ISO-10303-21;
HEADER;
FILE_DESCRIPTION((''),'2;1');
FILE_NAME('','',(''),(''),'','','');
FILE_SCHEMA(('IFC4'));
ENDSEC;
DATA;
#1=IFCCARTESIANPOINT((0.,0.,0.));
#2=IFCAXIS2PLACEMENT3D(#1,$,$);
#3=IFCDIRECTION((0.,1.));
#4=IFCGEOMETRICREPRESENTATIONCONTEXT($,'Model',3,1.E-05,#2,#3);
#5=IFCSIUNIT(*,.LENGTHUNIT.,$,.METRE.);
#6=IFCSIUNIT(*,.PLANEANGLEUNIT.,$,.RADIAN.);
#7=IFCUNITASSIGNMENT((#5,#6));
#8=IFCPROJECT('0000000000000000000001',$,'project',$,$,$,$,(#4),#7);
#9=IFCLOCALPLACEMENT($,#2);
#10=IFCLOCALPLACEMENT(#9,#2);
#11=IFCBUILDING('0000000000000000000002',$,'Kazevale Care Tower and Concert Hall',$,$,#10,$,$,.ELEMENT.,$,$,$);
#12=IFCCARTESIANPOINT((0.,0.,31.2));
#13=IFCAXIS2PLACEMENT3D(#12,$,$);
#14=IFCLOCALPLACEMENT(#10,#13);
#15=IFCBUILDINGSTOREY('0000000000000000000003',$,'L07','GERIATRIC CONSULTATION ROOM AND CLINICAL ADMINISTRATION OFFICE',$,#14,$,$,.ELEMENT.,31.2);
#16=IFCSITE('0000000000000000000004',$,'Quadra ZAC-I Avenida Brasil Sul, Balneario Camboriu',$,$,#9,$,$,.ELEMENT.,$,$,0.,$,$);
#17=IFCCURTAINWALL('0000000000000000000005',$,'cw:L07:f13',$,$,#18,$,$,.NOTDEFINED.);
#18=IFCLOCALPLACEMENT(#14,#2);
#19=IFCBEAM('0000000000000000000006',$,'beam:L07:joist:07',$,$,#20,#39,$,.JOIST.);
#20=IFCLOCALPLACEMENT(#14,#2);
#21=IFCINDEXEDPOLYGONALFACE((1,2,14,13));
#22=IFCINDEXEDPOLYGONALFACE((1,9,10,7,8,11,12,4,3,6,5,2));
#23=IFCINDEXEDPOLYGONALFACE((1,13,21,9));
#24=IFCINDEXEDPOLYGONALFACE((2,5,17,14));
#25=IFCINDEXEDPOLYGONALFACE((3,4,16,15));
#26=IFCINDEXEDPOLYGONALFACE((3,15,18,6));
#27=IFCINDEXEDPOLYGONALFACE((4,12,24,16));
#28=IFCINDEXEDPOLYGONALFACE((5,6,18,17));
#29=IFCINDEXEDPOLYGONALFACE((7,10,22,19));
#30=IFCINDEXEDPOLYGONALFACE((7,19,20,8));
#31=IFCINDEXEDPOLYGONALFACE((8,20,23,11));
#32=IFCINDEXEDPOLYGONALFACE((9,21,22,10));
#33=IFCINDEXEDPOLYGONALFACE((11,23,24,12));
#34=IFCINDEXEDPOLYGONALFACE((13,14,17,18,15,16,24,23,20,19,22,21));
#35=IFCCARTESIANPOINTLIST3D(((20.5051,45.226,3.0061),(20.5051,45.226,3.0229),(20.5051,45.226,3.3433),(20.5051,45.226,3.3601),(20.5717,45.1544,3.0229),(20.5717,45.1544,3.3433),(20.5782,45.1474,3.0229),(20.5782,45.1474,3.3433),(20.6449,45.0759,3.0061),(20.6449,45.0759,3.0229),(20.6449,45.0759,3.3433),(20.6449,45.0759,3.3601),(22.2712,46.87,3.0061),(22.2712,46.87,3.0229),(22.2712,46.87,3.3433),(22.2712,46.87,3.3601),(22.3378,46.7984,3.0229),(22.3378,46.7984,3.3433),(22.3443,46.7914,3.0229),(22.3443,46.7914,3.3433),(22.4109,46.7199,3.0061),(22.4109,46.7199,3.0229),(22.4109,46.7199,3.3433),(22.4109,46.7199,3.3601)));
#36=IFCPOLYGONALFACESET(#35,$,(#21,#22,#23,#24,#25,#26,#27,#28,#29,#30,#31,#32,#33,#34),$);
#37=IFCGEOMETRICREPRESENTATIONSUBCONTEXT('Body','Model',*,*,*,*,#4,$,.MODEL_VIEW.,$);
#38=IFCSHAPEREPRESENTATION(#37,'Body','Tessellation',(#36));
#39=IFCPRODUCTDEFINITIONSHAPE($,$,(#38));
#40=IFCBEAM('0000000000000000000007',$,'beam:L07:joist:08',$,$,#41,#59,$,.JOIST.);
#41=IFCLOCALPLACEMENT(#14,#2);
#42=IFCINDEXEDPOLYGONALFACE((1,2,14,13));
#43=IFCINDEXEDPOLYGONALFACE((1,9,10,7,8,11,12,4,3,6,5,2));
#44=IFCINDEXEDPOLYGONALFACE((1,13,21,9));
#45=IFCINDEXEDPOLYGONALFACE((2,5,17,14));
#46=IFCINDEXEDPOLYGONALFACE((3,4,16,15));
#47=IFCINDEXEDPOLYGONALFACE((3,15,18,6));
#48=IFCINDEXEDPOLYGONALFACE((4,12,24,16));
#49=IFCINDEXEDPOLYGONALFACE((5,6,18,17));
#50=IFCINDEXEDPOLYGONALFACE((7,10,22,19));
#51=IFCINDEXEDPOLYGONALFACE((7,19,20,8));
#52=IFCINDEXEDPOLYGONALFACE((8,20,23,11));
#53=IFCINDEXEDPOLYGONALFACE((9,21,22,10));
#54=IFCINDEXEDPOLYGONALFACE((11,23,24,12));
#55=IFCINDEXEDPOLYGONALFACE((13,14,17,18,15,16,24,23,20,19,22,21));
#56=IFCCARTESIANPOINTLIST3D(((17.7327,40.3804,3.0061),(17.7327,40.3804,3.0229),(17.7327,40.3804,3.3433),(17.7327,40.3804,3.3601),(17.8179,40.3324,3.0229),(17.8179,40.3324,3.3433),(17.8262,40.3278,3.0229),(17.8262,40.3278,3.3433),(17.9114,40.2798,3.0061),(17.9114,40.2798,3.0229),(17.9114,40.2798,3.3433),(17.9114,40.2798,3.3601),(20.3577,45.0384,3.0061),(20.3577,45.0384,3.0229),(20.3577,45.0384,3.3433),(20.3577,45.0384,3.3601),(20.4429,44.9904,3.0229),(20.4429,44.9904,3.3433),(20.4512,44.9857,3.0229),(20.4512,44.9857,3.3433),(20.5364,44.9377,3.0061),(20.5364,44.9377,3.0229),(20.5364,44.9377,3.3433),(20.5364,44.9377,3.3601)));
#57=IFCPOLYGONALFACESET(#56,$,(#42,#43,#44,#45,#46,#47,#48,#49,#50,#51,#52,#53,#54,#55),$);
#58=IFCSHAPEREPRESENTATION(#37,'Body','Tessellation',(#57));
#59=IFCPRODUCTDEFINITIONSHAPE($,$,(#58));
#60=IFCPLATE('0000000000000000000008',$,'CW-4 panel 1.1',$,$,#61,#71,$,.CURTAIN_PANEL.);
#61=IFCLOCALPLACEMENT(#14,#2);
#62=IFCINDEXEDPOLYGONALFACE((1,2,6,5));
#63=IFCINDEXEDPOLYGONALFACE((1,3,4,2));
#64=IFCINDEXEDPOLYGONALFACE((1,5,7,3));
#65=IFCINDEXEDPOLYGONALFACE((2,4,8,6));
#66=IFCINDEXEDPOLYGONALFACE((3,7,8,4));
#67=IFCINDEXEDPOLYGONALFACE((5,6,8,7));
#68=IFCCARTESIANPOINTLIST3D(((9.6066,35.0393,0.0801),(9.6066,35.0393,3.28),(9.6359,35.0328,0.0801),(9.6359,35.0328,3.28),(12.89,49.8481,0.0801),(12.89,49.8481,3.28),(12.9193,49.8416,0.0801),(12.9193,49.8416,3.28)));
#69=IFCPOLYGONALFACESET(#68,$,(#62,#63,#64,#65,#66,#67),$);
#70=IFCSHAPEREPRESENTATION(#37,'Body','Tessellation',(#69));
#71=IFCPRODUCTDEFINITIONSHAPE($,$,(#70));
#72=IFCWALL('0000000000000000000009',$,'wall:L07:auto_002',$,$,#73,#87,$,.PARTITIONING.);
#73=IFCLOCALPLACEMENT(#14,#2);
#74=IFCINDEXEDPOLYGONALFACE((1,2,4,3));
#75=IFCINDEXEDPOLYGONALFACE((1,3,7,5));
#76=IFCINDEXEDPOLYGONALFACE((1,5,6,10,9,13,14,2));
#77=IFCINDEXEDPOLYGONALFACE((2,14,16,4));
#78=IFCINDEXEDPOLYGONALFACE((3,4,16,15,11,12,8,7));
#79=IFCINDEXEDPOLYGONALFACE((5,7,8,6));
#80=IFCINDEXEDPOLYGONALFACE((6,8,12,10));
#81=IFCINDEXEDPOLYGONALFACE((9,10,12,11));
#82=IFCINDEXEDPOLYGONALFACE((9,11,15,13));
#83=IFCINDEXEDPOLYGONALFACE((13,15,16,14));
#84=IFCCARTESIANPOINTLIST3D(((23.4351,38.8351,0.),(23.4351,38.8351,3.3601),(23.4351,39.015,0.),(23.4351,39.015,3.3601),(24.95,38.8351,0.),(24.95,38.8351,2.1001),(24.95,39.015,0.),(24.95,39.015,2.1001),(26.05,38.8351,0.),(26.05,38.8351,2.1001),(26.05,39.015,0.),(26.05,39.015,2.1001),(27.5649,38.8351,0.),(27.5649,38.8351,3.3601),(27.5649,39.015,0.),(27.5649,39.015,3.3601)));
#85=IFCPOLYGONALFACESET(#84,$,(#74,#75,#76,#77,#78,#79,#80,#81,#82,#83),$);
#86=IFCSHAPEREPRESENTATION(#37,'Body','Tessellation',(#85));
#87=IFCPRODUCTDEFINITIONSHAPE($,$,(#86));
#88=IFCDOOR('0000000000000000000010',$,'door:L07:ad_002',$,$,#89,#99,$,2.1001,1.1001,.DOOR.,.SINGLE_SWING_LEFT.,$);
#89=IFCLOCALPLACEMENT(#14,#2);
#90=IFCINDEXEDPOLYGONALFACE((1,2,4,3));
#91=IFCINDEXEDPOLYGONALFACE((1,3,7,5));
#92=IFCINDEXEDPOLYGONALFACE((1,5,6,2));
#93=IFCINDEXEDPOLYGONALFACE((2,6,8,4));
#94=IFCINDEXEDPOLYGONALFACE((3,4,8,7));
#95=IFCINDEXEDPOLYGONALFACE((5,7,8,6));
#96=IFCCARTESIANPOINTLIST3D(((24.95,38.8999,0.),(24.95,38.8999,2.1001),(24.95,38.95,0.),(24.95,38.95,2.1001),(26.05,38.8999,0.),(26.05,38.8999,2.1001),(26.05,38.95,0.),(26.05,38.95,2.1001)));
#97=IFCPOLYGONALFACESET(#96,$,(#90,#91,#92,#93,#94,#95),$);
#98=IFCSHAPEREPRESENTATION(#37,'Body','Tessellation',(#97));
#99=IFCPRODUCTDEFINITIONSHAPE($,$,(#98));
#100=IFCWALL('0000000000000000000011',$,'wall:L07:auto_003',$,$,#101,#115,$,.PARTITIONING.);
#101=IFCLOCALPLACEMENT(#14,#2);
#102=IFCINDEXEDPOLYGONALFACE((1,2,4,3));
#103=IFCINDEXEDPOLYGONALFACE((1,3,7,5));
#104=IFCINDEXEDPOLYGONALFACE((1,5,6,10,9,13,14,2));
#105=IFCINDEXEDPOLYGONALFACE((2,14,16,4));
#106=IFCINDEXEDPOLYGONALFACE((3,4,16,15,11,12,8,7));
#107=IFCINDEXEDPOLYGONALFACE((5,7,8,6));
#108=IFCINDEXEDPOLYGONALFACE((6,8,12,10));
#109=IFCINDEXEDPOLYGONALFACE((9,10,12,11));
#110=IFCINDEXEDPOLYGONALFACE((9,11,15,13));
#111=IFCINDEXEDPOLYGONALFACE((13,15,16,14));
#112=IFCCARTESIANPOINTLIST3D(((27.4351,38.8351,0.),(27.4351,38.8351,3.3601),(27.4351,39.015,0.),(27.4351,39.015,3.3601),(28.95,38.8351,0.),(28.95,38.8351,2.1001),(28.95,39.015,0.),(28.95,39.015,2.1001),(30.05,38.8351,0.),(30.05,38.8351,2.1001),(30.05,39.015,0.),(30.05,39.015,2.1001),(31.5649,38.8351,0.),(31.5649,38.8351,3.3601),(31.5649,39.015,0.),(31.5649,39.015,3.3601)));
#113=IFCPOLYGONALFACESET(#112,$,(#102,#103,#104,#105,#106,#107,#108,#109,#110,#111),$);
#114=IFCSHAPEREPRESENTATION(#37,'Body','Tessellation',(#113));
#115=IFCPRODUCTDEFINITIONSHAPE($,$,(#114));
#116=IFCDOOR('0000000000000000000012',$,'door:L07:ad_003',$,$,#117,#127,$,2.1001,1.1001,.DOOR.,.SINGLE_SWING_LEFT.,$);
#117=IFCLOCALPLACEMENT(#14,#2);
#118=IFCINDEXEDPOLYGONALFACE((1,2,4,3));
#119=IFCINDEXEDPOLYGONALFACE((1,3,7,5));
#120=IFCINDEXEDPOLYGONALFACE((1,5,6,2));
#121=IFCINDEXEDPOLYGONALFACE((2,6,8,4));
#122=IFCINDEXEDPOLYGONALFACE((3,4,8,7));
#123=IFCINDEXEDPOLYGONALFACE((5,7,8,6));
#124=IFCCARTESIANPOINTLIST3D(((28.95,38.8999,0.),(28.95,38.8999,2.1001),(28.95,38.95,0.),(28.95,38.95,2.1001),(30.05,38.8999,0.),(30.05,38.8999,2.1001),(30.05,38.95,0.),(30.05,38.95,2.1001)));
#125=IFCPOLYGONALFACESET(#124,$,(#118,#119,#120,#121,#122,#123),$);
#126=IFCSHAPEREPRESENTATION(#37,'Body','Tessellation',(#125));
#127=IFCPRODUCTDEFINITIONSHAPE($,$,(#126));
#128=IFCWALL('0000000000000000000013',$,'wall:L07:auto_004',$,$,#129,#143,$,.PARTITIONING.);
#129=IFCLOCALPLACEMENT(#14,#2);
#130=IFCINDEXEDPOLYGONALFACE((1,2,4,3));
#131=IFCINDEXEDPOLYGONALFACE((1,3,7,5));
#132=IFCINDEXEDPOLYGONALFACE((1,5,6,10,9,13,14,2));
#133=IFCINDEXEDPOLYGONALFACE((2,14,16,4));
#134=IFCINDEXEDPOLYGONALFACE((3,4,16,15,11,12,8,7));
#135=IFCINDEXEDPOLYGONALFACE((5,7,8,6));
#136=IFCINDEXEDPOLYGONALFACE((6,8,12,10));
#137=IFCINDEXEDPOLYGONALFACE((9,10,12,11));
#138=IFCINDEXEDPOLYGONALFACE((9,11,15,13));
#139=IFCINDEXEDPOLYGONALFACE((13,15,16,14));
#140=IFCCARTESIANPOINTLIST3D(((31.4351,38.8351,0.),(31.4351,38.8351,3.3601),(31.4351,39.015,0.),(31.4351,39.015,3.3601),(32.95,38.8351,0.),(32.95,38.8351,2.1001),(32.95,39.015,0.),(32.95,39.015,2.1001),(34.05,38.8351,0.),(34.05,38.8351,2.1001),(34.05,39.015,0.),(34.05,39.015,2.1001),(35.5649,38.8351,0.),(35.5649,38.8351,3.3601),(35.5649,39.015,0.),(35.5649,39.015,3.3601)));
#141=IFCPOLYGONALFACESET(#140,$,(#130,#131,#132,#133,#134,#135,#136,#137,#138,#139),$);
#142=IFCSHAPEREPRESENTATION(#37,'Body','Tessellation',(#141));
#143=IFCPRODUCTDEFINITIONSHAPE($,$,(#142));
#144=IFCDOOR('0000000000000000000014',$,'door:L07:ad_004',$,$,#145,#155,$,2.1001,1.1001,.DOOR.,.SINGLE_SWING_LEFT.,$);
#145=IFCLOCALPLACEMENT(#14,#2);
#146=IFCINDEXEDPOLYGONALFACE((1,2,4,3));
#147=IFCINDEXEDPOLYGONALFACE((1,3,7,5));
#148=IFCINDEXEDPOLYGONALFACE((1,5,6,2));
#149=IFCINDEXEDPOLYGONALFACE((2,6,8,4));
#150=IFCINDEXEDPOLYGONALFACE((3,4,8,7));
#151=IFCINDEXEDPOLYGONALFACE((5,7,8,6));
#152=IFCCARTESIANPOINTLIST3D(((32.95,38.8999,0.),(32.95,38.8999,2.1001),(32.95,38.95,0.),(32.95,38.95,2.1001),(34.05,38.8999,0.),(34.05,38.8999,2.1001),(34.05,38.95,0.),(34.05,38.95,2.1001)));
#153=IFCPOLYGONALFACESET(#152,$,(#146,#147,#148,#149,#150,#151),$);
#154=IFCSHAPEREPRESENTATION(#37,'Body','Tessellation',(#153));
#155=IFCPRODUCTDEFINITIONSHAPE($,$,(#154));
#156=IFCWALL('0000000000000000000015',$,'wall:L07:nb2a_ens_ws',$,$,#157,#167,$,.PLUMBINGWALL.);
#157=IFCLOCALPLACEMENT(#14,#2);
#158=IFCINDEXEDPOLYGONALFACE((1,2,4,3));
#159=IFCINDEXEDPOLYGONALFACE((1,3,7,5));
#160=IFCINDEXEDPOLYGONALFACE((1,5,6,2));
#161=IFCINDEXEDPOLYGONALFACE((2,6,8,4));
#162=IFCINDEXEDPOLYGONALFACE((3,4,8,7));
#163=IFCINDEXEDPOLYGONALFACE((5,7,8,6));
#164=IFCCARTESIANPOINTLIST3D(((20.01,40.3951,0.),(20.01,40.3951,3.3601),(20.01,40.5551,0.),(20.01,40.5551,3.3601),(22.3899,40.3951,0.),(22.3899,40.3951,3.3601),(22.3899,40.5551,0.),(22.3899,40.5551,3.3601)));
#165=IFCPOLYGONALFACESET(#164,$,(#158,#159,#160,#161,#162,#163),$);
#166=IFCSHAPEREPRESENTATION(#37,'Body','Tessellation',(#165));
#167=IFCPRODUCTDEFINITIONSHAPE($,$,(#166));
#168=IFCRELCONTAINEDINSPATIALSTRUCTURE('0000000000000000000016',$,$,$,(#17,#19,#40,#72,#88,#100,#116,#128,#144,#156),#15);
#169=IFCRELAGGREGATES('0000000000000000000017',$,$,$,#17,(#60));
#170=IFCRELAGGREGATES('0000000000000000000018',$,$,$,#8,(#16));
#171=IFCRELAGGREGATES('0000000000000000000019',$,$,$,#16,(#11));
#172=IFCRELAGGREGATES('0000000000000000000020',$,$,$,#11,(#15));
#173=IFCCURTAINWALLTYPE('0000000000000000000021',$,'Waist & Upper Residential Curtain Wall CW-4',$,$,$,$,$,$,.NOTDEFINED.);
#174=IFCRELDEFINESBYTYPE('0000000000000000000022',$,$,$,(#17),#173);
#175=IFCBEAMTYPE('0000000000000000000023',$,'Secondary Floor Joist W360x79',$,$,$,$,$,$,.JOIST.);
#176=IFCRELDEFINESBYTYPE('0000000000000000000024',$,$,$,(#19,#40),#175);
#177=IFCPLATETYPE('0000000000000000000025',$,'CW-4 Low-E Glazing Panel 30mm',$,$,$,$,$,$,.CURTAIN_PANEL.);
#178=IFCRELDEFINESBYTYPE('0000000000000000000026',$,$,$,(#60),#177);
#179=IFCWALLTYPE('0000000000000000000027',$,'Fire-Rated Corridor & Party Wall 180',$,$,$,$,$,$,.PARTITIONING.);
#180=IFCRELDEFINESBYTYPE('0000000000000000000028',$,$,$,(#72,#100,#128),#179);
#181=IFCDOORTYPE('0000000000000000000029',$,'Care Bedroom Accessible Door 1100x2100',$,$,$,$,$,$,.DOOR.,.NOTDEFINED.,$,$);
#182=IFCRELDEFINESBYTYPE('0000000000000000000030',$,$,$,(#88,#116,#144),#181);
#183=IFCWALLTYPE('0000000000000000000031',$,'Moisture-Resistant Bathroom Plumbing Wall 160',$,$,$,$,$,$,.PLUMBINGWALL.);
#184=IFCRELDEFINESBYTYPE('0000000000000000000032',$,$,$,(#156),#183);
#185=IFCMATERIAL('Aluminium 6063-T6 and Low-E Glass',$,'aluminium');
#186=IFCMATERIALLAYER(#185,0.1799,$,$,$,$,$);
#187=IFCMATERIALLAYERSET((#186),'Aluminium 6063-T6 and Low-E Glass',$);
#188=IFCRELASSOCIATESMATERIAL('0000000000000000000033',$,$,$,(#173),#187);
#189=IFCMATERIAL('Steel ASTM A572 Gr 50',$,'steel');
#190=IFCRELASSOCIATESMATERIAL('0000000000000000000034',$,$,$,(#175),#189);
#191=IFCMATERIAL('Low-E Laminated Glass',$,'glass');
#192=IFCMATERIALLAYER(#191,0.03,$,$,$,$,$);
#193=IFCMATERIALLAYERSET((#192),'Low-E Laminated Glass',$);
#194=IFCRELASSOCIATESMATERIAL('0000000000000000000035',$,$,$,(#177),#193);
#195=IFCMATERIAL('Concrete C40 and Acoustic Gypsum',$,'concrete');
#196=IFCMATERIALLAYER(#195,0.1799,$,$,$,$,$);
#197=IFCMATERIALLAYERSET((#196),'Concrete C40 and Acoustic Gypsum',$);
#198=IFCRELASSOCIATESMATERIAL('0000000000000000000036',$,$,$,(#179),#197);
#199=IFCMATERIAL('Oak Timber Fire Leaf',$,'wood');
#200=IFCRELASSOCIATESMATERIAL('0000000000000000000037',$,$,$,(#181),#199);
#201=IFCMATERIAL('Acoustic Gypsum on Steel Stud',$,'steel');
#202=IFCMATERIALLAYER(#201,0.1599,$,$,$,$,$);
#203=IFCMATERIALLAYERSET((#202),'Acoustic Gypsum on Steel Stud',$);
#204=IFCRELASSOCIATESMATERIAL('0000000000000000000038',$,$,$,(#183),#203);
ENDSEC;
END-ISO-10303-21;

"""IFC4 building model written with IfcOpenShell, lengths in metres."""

from ifc_helpers import new_model, si_unit, direction, frame, frame_2d, origin, origin_2d, place, context, subcontext, project, spatial, rectangle, i_section, extrude, material, layer, layer_set, material_profile, profile_set, type_object, element, fill, aggregate, save


model = new_model("IFC4")

# Units and contexts
model_context = context("Model", 3, precision=1e-05, world=origin(), true_north=direction((0.0, 1.0)))
body_context = subcontext(model_context, "Body", "Model", "MODEL_VIEW")
ifc_project = project(units=[si_unit("LENGTHUNIT", "METRE"), si_unit("PLANEANGLEUNIT", "RADIAN")], contexts=[model_context])

# Site, building, storey
site_placement = place(None, origin())
site = spatial("IfcSite", under=ifc_project, at=site_placement, Name="Quadra ZAC-I Avenida Brasil Sul, Balneario Camboriu", CompositionType="ELEMENT", RefElevation=0.0)
building_placement = place(site_placement, origin())
building = spatial("IfcBuilding", under=site, at=building_placement, Name="Kazevale Care Tower and Concert Hall", CompositionType="ELEMENT")
storey_placement = place(building_placement, frame((0.0, 0.0, 31.2)))
storey = spatial("IfcBuildingStorey", under=building, at=storey_placement, Name="L07", Description="GERIATRIC CONSULTATION ROOM AND CLINICAL ADMINISTRATION OFFICE", CompositionType="ELEMENT", Elevation=31.2)

# Shared definitions
ifc_material_1 = material(Name="Aluminium 6063-T6 and Low-E Glass", Category="aluminium")

# Curtain wall
ifc_layer_1 = layer(ifc_material_1, 0.1799)
ifc_layer_set_1 = layer_set([ifc_layer_1], Name="Aluminium 6063-T6 and Low-E Glass")
curtain_wall_type_1 = type_object("IfcCurtainWallType", Name="Waist & Upper Residential Curtain Wall CW-4", PredefinedType="NOTDEFINED", material=ifc_layer_set_1)
curtain_wall_1_placement = place(storey_placement, origin())
curtain_wall_1 = element("IfcCurtainWall", 1, at=curtain_wall_1_placement, inside=storey, type_object=curtain_wall_type_1, Name="cw:L07:f13", PredefinedType="NOTDEFINED")

# Beams
ifc_material_2 = material(Name="Steel ASTM A572 Gr 50", Category="steel")
ifc_material_profile_1 = material_profile(ifc_material_2, i_section(OverallWidth=0.2051, OverallDepth=0.354, WebThickness=0.0095, FlangeThickness=0.0168, at=origin_2d()), Name="W360x79")
ifc_profile_set_1 = profile_set([ifc_material_profile_1], Name="Steel ASTM A572 Gr 50")
beam_type_1 = type_object("IfcBeamType", Name="Secondary Floor Joist W360x79", PredefinedType="JOIST", material=ifc_profile_set_1)
beam_1_placement = place(storey_placement, frame((22.3411, 46.7949, 3.1831), z_axis=(-0.73195, -0.681359, 0.0), x_axis=(0.681359, -0.73195, 0.0)))
element("IfcBeam", 2, at=beam_1_placement, inside=storey, type_object=beam_type_1, Name="beam:L07:joist:07", PredefinedType="JOIST", context=body_context, shape_type="SweptSolid", body=[
    extrude(i_section(OverallWidth=0.2051, OverallDepth=0.354, WebThickness=0.0095, FlangeThickness=0.0168, at=origin_2d()), origin(), (0.0, 0.0, 1.0), 2.4128),
])
beam_2_placement = place(storey_placement, frame((20.447, 44.988, 3.1831), z_axis=(-0.490957, -0.871184, 0.0), x_axis=(0.871184, -0.490957, 0.0)))
element("IfcBeam", 3, at=beam_2_placement, inside=storey, type_object=beam_type_1, Name="beam:L07:joist:08", PredefinedType="JOIST", context=body_context, shape_type="SweptSolid", body=[
    extrude(i_section(OverallWidth=0.2051, OverallDepth=0.354, WebThickness=0.0095, FlangeThickness=0.0168, at=origin_2d()), origin(), (0.0, 0.0, 1.0), 5.3467),
])

# Plate
ifc_material_3 = material(Name="Low-E Laminated Glass", Category="glass")
ifc_layer_2 = layer(ifc_material_3, 0.03)
ifc_layer_set_2 = layer_set([ifc_layer_2], Name="Low-E Laminated Glass")
plate_type = type_object("IfcPlateType", Name="CW-4 Low-E Glazing Panel 30mm", PredefinedType="CURTAIN_PANEL", material=ifc_layer_set_2)
plate_placement = place(storey_placement, frame((11.2629, 42.4404, 0.0801), z_axis=(0.0, 0.0, 1.0), x_axis=(0.216461, 0.976291, 0.0)))
plate = element("IfcPlate", 4, at=plate_placement, type_object=plate_type, Name="CW-4 panel 1.1", PredefinedType="CURTAIN_PANEL", context=body_context, shape_type="SweptSolid", body=[
    extrude(rectangle(XDim=15.1685, YDim=0.03, at=origin_2d()), origin(), (0.0, 0.0, 1.0), 3.2),
])
aggregate(curtain_wall_1, [plate])

# Walls, openings, doors
ifc_material_4 = material(Name="Concrete C40 and Acoustic Gypsum", Category="concrete")
ifc_layer_3 = layer(ifc_material_4, 0.1799)
ifc_layer_set_3 = layer_set([ifc_layer_3], Name="Concrete C40 and Acoustic Gypsum")
wall_type_1 = type_object("IfcWallType", Name="Fire-Rated Corridor & Party Wall 180", PredefinedType="PARTITIONING", material=ifc_layer_set_3)
wall_1_placement = place(storey_placement, frame((23.4351, 38.925, 0.0), z_axis=(0.0, 0.0, 1.0), x_axis=(1.0, 0.0, 0.0)))
wall_1 = element("IfcWall", 5, at=wall_1_placement, inside=storey, type_object=wall_type_1, Name="wall:L07:auto_002", PredefinedType="PARTITIONING", context=body_context, shape_type="SweptSolid", body=[
    extrude(rectangle(XDim=4.1299, YDim=0.1799, at=frame_2d((2.0649, 0.0))), origin(), (0.0, 0.0, 1.0), 3.3601),
])
opening_1_placement = place(wall_1_placement, frame((1.5149, 0.0, 0.0)))
opening_1 = element("IfcOpeningElement", 6, at=opening_1_placement, cuts=wall_1, PredefinedType="OPENING", context=body_context, shape_type="SweptSolid", body=[
    extrude(rectangle(XDim=1.1001, YDim=2.1001, at=frame_2d((0.55, 1.05))), frame((0.0, 0.0999, 0.0), z_axis=(0.0, -1.0, 0.0), x_axis=(1.0, 0.0, 0.0)), (0.0, 0.0, 1.0), 0.2),
])
ifc_material_5 = material(Name="Oak Timber Fire Leaf", Category="wood")
door_type_1 = type_object("IfcDoorType", Name="Care Bedroom Accessible Door 1100x2100", OperationType="NOTDEFINED", PredefinedType="DOOR", material=ifc_material_5)
door_1_placement = place(opening_1_placement, origin())
door_1 = element("IfcDoor", 7, at=door_1_placement, inside=storey, type_object=door_type_1, Name="door:L07:ad_002", OperationType="SINGLE_SWING_LEFT", OverallHeight=2.1001, OverallWidth=1.1001, PredefinedType="DOOR", context=body_context, shape_type="SweptSolid", body=[
    extrude(rectangle(XDim=1.1001, YDim=2.1001, at=frame_2d((0.55, 1.05))), frame((0.0, 0.0249, 0.0), z_axis=(0.0, -1.0, 0.0), x_axis=(1.0, 0.0, 0.0)), (0.0, 0.0, 1.0), 0.05),
])
fill(opening_1, door_1)
wall_2_placement = place(storey_placement, frame((27.4351, 38.925, 0.0), z_axis=(0.0, 0.0, 1.0), x_axis=(1.0, 0.0, 0.0)))
wall_2 = element("IfcWall", 8, at=wall_2_placement, inside=storey, type_object=wall_type_1, Name="wall:L07:auto_003", PredefinedType="PARTITIONING", context=body_context, shape_type="SweptSolid", body=[
    extrude(rectangle(XDim=4.1299, YDim=0.1799, at=frame_2d((2.0649, 0.0))), origin(), (0.0, 0.0, 1.0), 3.3601),
])
opening_2_placement = place(wall_2_placement, frame((1.5149, 0.0, 0.0)))
opening_2 = element("IfcOpeningElement", 9, at=opening_2_placement, cuts=wall_2, PredefinedType="OPENING", context=body_context, shape_type="SweptSolid", body=[
    extrude(rectangle(XDim=1.1001, YDim=2.1001, at=frame_2d((0.55, 1.05))), frame((0.0, 0.0999, 0.0), z_axis=(0.0, -1.0, 0.0), x_axis=(1.0, 0.0, 0.0)), (0.0, 0.0, 1.0), 0.2),
])
door_2_placement = place(opening_2_placement, origin())
door_2 = element("IfcDoor", 10, at=door_2_placement, inside=storey, type_object=door_type_1, Name="door:L07:ad_003", OperationType="SINGLE_SWING_LEFT", OverallHeight=2.1001, OverallWidth=1.1001, PredefinedType="DOOR", context=body_context, shape_type="SweptSolid", body=[
    extrude(rectangle(XDim=1.1001, YDim=2.1001, at=frame_2d((0.55, 1.05))), frame((0.0, 0.0249, 0.0), z_axis=(0.0, -1.0, 0.0), x_axis=(1.0, 0.0, 0.0)), (0.0, 0.0, 1.0), 0.05),
])
fill(opening_2, door_2)
wall_3_placement = place(storey_placement, frame((31.4351, 38.925, 0.0), z_axis=(0.0, 0.0, 1.0), x_axis=(1.0, 0.0, 0.0)))
wall_3 = element("IfcWall", 11, at=wall_3_placement, inside=storey, type_object=wall_type_1, Name="wall:L07:auto_004", PredefinedType="PARTITIONING", context=body_context, shape_type="SweptSolid", body=[
    extrude(rectangle(XDim=4.1299, YDim=0.1799, at=frame_2d((2.0649, 0.0))), origin(), (0.0, 0.0, 1.0), 3.3601),
])
opening_3_placement = place(wall_3_placement, frame((1.5149, 0.0, 0.0)))
opening_3 = element("IfcOpeningElement", 12, at=opening_3_placement, cuts=wall_3, PredefinedType="OPENING", context=body_context, shape_type="SweptSolid", body=[
    extrude(rectangle(XDim=1.1001, YDim=2.1001, at=frame_2d((0.55, 1.05))), frame((0.0, 0.0999, 0.0), z_axis=(0.0, -1.0, 0.0), x_axis=(1.0, 0.0, 0.0)), (0.0, 0.0, 1.0), 0.2),
])
door_3_placement = place(opening_3_placement, origin())
door_3 = element("IfcDoor", 13, at=door_3_placement, inside=storey, type_object=door_type_1, Name="door:L07:ad_004", OperationType="SINGLE_SWING_LEFT", OverallHeight=2.1001, OverallWidth=1.1001, PredefinedType="DOOR", context=body_context, shape_type="SweptSolid", body=[
    extrude(rectangle(XDim=1.1001, YDim=2.1001, at=frame_2d((0.55, 1.05))), frame((0.0, 0.0249, 0.0), z_axis=(0.0, -1.0, 0.0), x_axis=(1.0, 0.0, 0.0)), (0.0, 0.0, 1.0), 0.05),
])
fill(opening_3, door_3)

# Wall
ifc_material_6 = material(Name="Acoustic Gypsum on Steel Stud", Category="steel")
ifc_layer_4 = layer(ifc_material_6, 0.1599)
ifc_layer_set_4 = layer_set([ifc_layer_4], Name="Acoustic Gypsum on Steel Stud")
wall_type_2 = type_object("IfcWallType", Name="Moisture-Resistant Bathroom Plumbing Wall 160", PredefinedType="PLUMBINGWALL", material=ifc_layer_set_4)
wall_4_placement = place(storey_placement, frame((20.01, 40.4751, 0.0), z_axis=(0.0, 0.0, 1.0), x_axis=(1.0, 0.0, 0.0)))
element("IfcWall", 14, at=wall_4_placement, inside=storey, type_object=wall_type_2, Name="wall:L07:nb2a_ens_ws", PredefinedType="PLUMBINGWALL", context=body_context, shape_type="SweptSolid", body=[
    extrude(rectangle(XDim=2.3799, YDim=0.1599, at=frame_2d((1.1899, 0.0))), origin(), (0.0, 0.0, 1.0), 3.3601),
])

save(model, "model.ifc")
